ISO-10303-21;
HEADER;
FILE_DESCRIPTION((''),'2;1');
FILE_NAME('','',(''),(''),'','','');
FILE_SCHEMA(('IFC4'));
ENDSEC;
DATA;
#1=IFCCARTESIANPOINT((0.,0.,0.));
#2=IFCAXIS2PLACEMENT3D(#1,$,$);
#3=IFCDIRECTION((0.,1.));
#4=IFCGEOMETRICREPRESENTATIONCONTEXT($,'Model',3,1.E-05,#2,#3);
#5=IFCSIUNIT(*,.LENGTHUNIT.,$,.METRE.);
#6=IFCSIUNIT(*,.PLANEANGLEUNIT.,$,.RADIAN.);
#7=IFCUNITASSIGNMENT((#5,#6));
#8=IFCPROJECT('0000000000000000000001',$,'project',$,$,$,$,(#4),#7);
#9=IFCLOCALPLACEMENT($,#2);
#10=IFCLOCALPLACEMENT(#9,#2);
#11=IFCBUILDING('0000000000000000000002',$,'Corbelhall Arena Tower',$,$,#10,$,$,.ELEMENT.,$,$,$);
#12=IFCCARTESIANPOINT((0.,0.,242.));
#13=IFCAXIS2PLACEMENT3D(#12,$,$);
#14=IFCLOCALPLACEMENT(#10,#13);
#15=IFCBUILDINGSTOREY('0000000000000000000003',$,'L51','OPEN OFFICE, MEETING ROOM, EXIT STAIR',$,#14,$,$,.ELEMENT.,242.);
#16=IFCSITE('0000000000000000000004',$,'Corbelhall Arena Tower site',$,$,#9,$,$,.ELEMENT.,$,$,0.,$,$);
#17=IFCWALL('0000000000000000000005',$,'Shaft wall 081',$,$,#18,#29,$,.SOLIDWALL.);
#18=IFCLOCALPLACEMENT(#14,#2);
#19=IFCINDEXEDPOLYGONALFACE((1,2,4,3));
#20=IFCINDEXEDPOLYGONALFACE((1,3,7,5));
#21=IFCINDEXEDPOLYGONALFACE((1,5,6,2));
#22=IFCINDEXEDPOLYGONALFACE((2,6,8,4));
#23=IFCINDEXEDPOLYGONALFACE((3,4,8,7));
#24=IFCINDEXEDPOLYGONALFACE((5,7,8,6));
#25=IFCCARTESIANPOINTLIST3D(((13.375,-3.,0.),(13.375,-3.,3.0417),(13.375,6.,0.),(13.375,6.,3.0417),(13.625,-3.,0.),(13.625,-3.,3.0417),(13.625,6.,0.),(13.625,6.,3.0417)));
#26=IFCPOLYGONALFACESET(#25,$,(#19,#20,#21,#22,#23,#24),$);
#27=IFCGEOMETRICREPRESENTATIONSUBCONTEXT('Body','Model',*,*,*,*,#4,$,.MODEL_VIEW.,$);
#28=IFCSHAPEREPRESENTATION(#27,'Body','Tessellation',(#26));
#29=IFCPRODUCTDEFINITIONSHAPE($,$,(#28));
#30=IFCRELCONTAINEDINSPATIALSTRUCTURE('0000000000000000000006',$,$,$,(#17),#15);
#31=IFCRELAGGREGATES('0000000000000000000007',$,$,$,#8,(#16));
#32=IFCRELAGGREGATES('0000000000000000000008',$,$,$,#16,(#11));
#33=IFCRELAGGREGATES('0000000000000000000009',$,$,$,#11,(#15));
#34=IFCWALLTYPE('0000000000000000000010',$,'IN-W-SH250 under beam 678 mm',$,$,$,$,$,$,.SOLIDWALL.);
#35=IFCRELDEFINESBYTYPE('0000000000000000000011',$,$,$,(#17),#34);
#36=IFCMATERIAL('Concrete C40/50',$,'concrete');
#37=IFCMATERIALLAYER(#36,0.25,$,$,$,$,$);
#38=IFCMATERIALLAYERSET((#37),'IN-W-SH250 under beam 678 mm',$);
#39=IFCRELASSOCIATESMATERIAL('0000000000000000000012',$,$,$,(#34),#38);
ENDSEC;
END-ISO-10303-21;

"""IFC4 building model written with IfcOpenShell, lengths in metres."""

from ifc_helpers import new_model, si_unit, direction, frame, frame_2d, origin, place, context, subcontext, project, spatial, rectangle, extrude, material, layer, layer_set, type_object, element, save


model = new_model("IFC4")

# Units and contexts
model_context = context("Model", 3, precision=1e-05, world=origin(), true_north=direction((0.0, 1.0)))
body_context = subcontext(model_context, "Body", "Model", "MODEL_VIEW")
ifc_project = project(units=[si_unit("LENGTHUNIT", "METRE"), si_unit("PLANEANGLEUNIT", "RADIAN")], contexts=[model_context])

# Site, building, storey
site_placement = place(None, origin())
site = spatial("IfcSite", under=ifc_project, at=site_placement, Name="Corbelhall Arena Tower site", CompositionType="ELEMENT", RefElevation=0.0)
building_placement = place(site_placement, origin())
building = spatial("IfcBuilding", under=site, at=building_placement, Name="Corbelhall Arena Tower", CompositionType="ELEMENT")
storey_placement = place(building_placement, frame((0.0, 0.0, 242.0)))
storey = spatial("IfcBuildingStorey", under=building, at=storey_placement, Name="L51", Description="OPEN OFFICE, MEETING ROOM, EXIT STAIR", CompositionType="ELEMENT", Elevation=242.0)

# Wall
ifc_material_1 = material(Name="Concrete C40/50", Category="concrete")
ifc_layer_1 = layer(ifc_material_1, 0.25)
ifc_layer_set_1 = layer_set([ifc_layer_1], Name="IN-W-SH250 under beam 678 mm")
wall_type_1 = type_object("IfcWallType", Name="IN-W-SH250 under beam 678 mm", PredefinedType="SOLIDWALL", material=ifc_layer_set_1)
wall_1_placement = place(storey_placement, frame((13.5, 6.0, 0.0), z_axis=(0.0, 0.0, 1.0), x_axis=(0.0, -1.0, 0.0)))
element("IfcWall", 1, at=wall_1_placement, inside=storey, type_object=wall_type_1, Name="Shaft wall 081", PredefinedType="SOLIDWALL", context=body_context, shape_type="SweptSolid", body=[
    extrude(rectangle(XDim=9.0, YDim=0.25, at=frame_2d((4.5, 0.0))), origin(), (0.0, 0.0, 1.0), 3.0417),
])

save(model, "model.ifc")
